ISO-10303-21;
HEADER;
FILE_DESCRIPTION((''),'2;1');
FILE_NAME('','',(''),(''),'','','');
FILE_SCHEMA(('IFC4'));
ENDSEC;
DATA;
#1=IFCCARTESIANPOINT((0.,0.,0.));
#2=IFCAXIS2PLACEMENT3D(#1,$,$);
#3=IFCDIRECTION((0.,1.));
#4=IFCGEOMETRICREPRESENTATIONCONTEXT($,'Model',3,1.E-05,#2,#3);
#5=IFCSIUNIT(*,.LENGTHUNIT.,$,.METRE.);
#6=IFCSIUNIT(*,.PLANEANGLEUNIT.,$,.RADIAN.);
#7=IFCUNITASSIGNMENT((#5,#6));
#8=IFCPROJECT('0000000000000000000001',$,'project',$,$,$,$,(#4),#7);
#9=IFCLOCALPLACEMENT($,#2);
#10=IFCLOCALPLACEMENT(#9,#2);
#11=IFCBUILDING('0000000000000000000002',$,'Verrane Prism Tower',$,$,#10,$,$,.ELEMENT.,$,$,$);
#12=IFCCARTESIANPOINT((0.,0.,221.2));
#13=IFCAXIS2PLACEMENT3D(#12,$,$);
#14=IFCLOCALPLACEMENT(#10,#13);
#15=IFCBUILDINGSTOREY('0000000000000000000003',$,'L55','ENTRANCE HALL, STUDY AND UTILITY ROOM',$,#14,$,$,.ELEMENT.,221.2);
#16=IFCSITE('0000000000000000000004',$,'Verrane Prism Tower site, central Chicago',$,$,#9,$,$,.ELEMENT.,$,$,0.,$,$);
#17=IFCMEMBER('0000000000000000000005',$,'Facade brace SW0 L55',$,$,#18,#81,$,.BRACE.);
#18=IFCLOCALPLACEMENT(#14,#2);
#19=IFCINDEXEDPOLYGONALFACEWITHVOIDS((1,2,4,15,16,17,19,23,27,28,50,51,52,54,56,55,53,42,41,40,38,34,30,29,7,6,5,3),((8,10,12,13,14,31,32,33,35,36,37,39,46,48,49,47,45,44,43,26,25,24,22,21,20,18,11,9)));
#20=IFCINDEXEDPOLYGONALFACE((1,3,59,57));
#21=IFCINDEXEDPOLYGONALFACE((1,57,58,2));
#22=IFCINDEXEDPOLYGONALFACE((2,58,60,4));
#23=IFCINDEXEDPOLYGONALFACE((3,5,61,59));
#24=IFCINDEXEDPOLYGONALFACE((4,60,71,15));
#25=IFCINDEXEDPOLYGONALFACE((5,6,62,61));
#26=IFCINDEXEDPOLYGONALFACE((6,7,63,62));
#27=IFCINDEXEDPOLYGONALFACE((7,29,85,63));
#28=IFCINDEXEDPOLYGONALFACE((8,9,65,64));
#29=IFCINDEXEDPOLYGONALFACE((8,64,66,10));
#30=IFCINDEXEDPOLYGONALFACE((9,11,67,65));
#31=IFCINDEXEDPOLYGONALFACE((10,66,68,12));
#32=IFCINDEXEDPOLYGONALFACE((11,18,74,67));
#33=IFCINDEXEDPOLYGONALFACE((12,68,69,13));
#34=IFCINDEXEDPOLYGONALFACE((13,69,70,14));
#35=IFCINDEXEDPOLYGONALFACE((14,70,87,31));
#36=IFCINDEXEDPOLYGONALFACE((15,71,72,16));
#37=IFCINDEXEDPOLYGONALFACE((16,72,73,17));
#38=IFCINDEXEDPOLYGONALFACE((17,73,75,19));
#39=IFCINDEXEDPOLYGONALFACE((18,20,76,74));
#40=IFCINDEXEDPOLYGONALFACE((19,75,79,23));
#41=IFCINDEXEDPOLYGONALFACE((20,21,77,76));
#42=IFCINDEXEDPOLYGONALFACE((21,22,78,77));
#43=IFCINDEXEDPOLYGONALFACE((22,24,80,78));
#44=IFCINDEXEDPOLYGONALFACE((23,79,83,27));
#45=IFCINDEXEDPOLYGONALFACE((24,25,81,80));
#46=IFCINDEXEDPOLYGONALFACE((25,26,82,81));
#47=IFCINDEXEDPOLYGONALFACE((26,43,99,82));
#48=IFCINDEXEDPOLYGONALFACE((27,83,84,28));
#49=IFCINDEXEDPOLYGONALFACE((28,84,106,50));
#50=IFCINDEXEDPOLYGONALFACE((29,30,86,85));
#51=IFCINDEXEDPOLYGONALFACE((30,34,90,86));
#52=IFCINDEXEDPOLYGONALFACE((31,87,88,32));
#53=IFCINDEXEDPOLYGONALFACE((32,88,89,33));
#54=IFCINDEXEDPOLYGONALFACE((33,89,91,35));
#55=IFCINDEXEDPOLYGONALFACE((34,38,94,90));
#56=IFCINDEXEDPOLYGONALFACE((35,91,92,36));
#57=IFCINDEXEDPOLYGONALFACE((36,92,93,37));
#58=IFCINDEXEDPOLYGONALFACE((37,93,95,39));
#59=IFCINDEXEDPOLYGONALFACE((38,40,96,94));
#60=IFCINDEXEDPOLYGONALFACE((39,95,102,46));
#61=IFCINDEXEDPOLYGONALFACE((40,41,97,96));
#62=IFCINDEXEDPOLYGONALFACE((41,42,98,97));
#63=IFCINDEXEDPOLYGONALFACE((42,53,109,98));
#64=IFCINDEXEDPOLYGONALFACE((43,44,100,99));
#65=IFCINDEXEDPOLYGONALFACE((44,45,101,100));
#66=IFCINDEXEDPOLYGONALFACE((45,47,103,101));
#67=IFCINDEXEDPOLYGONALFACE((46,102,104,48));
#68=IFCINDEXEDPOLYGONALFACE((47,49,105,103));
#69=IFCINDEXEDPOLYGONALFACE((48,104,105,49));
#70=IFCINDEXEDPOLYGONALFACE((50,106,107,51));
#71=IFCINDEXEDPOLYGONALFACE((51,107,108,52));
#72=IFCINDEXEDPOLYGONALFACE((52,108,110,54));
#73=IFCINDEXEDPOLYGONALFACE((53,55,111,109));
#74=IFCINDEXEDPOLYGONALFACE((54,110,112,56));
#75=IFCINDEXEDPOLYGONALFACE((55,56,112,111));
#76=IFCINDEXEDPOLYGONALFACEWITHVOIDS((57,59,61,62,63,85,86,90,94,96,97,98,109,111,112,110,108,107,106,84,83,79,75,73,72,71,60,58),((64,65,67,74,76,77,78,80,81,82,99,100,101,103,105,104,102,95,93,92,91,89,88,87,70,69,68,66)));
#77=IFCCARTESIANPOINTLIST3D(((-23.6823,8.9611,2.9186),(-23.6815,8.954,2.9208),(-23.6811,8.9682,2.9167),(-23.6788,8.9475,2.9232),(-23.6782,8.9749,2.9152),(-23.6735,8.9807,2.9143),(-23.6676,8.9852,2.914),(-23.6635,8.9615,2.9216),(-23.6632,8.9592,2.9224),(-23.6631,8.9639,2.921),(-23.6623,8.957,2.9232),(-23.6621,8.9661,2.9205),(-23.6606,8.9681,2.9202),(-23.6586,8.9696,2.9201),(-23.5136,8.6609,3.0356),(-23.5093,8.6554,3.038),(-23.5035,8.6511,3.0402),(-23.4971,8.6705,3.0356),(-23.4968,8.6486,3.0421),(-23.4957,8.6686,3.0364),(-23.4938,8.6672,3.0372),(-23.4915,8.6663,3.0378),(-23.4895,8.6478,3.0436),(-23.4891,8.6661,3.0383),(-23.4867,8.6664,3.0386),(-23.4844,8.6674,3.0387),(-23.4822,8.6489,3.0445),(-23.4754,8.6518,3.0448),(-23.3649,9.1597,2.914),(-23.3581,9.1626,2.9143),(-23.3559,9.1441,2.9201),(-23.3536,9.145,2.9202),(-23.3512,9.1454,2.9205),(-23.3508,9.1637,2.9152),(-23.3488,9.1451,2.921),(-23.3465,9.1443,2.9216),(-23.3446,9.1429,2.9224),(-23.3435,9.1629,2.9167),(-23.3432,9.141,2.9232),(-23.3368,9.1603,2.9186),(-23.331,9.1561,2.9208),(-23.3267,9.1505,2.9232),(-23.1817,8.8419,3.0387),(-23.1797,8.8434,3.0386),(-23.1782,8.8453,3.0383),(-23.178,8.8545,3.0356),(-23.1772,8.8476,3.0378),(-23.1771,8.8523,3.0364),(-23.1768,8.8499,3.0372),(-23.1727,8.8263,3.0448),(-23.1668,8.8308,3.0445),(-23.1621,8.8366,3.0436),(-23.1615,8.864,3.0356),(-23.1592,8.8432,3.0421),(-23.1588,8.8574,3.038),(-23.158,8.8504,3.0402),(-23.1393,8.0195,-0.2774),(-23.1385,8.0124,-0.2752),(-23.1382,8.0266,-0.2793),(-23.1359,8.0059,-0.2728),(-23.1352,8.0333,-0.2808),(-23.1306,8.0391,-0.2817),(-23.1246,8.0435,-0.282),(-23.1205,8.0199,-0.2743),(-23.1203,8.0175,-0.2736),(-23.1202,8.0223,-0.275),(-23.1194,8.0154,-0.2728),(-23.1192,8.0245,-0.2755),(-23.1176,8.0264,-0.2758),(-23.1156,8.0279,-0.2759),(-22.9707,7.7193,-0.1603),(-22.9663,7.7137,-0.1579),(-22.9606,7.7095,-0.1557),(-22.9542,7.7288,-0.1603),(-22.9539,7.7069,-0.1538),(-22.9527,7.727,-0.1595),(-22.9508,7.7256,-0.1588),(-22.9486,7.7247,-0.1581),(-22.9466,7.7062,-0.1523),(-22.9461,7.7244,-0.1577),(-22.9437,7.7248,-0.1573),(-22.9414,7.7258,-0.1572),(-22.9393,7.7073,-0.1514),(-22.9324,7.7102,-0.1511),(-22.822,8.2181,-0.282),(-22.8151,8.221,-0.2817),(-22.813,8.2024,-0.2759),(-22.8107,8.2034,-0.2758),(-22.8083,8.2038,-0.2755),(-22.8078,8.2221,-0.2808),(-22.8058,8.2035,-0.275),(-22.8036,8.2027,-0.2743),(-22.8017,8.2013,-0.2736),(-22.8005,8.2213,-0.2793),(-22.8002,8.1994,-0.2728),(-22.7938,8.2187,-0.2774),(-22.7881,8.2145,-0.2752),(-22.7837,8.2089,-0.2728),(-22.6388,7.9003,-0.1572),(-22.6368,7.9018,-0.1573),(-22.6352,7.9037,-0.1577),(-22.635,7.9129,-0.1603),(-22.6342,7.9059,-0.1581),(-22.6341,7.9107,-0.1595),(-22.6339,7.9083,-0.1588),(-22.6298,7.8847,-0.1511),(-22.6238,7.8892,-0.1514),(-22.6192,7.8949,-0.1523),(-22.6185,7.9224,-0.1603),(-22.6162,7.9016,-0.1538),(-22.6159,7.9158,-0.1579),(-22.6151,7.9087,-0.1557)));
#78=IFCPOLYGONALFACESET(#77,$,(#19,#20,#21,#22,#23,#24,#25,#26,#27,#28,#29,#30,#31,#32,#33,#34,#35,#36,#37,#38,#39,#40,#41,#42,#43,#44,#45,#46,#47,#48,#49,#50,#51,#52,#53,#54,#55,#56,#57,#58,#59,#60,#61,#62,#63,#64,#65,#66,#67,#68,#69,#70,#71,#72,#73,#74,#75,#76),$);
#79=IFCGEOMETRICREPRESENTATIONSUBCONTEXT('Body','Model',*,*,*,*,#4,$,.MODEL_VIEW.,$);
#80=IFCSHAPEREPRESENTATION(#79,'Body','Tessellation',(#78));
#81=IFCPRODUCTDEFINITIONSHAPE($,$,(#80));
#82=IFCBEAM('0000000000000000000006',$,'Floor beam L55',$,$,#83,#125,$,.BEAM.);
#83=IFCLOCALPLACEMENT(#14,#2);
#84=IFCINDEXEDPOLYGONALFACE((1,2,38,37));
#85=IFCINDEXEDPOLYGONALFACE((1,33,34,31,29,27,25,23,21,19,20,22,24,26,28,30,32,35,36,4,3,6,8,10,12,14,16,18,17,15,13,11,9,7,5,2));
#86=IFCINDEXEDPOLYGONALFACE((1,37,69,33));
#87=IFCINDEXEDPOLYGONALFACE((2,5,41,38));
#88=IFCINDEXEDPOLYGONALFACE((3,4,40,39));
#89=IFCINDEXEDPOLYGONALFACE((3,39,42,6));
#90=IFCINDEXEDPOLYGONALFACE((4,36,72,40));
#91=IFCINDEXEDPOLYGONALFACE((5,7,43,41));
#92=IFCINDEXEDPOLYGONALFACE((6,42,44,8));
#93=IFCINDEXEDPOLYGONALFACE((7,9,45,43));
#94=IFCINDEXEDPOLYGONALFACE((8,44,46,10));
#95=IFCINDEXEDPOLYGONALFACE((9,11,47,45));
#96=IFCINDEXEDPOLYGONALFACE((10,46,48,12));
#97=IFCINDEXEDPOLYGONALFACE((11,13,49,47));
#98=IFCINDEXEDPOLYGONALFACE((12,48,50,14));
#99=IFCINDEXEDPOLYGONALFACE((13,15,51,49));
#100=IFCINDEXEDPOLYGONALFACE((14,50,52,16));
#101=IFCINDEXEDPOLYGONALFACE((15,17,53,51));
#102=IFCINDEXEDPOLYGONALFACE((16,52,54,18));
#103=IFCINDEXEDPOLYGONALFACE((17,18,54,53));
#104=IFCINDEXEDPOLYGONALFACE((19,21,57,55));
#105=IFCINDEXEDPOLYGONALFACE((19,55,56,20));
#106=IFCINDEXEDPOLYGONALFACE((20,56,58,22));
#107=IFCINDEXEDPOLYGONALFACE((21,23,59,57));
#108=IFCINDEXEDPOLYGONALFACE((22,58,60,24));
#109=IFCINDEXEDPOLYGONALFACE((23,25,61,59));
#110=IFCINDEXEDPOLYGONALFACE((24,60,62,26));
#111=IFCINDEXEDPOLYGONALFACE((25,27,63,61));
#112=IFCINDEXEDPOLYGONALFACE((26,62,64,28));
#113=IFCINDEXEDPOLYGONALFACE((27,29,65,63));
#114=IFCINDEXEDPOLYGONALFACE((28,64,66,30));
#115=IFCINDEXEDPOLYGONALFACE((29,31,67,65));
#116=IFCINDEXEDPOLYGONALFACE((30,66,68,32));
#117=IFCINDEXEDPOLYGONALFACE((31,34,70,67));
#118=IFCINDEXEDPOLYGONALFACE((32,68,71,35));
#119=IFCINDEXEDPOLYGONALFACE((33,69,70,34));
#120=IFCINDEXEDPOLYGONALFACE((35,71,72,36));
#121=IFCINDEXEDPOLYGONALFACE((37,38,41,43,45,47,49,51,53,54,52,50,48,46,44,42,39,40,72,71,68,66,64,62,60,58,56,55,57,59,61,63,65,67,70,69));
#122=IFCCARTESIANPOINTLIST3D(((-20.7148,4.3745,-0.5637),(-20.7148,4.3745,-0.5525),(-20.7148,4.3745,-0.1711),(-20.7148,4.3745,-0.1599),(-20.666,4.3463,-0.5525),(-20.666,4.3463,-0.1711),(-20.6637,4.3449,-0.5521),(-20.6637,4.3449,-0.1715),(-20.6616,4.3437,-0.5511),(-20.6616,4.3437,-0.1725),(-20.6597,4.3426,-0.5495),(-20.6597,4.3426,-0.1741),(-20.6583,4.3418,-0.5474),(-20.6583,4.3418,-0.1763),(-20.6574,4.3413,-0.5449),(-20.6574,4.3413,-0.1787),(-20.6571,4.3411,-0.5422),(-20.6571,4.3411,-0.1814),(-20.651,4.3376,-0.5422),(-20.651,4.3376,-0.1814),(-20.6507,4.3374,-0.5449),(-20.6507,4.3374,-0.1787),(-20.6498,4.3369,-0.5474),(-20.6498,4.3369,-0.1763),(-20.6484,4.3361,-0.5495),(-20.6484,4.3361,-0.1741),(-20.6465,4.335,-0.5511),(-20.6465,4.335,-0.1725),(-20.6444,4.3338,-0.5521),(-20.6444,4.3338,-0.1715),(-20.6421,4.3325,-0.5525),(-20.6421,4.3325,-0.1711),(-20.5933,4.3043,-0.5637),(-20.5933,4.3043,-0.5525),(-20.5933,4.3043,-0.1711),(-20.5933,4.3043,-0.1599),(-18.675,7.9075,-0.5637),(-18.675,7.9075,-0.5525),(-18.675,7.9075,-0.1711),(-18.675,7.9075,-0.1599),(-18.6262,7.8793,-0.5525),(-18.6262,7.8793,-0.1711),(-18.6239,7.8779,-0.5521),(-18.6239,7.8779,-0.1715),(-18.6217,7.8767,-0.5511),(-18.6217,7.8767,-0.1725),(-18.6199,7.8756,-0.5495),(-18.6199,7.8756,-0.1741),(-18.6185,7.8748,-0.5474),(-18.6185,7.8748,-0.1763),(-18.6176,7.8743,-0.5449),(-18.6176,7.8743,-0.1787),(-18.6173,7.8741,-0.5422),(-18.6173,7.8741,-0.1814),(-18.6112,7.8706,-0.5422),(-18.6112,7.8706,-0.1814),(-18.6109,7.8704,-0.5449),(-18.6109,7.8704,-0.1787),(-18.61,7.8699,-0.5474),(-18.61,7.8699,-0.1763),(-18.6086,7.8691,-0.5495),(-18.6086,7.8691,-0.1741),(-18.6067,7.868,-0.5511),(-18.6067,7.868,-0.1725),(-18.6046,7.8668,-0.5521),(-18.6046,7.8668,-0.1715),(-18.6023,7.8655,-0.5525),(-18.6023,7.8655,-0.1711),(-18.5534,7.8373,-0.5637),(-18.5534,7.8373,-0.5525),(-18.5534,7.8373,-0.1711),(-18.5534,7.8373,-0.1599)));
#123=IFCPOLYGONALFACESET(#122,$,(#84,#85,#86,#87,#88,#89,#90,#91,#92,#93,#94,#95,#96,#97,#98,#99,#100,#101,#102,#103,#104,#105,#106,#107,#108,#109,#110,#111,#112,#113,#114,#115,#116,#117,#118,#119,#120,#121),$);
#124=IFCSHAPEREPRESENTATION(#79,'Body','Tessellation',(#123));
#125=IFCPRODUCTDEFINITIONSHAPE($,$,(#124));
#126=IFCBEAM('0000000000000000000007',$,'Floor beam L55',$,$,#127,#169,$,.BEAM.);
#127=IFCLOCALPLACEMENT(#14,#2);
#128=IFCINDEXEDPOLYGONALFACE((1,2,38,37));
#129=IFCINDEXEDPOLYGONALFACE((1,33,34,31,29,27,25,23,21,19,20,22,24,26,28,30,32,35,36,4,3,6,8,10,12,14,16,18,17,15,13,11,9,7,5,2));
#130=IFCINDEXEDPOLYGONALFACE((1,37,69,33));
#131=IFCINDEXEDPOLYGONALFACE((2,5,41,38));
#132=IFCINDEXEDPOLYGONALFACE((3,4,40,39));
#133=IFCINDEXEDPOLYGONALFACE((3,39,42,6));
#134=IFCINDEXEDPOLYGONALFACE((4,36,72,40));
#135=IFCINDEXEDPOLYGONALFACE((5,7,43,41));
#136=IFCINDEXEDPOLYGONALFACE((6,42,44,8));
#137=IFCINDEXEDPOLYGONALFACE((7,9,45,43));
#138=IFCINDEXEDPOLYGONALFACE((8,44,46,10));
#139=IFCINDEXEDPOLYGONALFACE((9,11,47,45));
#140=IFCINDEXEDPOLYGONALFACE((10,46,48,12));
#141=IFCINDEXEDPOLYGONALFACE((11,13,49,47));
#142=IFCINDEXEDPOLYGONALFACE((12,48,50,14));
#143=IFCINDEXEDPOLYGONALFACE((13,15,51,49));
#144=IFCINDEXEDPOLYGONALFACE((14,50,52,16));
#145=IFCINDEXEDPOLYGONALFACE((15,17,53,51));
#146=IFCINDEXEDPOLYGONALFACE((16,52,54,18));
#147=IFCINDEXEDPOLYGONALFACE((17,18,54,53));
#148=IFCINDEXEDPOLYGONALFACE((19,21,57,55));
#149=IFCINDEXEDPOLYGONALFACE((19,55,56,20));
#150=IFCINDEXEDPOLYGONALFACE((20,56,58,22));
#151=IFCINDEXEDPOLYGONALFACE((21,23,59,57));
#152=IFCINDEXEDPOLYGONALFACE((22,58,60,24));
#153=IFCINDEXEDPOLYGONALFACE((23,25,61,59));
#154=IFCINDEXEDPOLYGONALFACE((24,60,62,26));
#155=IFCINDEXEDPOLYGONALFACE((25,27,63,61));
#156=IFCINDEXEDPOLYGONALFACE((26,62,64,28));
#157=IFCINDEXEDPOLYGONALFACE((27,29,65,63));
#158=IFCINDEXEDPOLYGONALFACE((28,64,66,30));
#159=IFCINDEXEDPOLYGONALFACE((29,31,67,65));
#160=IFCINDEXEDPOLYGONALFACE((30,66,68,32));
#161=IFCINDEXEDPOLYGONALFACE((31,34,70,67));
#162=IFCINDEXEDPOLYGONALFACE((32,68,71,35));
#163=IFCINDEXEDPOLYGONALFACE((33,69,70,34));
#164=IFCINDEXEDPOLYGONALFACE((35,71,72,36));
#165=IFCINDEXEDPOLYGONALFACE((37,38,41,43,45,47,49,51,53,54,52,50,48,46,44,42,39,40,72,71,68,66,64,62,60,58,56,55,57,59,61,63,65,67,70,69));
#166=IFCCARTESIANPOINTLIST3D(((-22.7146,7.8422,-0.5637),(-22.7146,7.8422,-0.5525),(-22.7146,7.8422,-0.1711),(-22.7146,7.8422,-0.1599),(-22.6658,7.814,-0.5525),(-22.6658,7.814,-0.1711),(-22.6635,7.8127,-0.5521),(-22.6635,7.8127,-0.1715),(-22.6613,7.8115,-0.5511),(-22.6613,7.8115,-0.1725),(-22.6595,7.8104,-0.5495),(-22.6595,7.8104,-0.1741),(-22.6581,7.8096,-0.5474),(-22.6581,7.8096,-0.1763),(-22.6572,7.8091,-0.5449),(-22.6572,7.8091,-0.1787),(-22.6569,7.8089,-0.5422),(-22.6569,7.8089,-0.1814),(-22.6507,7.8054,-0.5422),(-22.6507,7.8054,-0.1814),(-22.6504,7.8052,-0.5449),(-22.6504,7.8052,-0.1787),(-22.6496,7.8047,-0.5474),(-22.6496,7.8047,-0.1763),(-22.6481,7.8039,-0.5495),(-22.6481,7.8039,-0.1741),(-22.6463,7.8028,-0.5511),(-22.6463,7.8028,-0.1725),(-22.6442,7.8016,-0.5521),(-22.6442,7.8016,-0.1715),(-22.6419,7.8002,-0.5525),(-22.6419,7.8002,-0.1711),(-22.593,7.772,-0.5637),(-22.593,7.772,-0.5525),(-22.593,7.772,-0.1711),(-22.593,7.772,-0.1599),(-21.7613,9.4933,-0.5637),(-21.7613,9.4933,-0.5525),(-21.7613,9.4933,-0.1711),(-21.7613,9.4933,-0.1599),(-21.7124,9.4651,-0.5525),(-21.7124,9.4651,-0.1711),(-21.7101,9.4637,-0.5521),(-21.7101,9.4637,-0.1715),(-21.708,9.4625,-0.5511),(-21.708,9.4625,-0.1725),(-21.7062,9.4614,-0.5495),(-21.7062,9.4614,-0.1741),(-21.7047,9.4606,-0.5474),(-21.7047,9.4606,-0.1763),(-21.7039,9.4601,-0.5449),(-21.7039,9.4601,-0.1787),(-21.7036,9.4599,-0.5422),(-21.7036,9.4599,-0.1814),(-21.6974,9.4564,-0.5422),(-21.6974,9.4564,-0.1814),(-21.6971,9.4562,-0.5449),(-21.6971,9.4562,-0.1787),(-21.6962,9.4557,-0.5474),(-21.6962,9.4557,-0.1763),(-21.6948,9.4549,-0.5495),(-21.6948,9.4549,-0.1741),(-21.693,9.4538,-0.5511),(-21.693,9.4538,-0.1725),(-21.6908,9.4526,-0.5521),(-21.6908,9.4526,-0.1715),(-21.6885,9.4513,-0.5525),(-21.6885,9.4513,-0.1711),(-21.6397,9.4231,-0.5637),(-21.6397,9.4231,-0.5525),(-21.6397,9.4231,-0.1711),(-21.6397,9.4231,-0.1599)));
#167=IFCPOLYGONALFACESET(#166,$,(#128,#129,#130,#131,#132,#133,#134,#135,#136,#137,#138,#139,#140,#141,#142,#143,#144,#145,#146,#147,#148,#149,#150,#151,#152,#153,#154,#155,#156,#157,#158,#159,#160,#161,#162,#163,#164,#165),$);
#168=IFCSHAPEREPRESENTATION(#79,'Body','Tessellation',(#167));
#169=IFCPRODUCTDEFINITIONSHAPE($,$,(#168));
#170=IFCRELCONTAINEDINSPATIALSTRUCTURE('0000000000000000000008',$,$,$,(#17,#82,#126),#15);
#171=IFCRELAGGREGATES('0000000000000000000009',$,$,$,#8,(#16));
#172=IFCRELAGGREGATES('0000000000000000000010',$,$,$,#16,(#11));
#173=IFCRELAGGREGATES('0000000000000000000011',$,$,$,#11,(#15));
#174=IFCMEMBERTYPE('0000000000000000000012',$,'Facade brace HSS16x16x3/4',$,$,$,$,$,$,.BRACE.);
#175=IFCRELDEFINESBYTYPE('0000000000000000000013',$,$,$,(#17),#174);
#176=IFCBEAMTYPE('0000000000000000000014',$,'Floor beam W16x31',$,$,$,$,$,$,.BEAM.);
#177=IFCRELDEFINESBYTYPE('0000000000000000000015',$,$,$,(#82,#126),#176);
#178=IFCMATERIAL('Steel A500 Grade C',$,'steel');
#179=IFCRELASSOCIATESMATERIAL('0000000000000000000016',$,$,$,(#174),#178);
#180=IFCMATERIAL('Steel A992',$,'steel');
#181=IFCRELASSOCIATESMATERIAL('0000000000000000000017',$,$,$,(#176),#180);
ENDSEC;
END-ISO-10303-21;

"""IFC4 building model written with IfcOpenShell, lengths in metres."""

from ifc_helpers import new_model, si_unit, direction, frame, origin, origin_2d, place, context, subcontext, project, spatial, hollow_rectangle, i_section, extrude, material, material_profile, profile_set, type_object, element, save


model = new_model("IFC4")

# Units and contexts
model_context = context("Model", 3, precision=1e-05, world=origin(), true_north=direction((0.0, 1.0)))
body_context = subcontext(model_context, "Body", "Model", "MODEL_VIEW")
ifc_project = project(units=[si_unit("LENGTHUNIT", "METRE"), si_unit("PLANEANGLEUNIT", "RADIAN")], contexts=[model_context])

# Site, building, storey
site_placement = place(None, origin())
site = spatial("IfcSite", under=ifc_project, at=site_placement, Name="Verrane Prism Tower site, central Chicago", CompositionType="ELEMENT", RefElevation=0.0)
building_placement = place(site_placement, origin())
building = spatial("IfcBuilding", under=site, at=building_placement, Name="Verrane Prism Tower", CompositionType="ELEMENT")
storey_placement = place(building_placement, frame((0.0, 0.0, 221.2)))
storey = spatial("IfcBuildingStorey", under=building, at=storey_placement, Name="L55", Description="ENTRANCE HALL, STUDY AND UTILITY ROOM", CompositionType="ELEMENT", Elevation=221.2)

# Member
ifc_material_1 = material(Name="Steel A500 Grade C", Category="steel")
ifc_material_profile_1 = material_profile(ifc_material_1, hollow_rectangle(XDim=0.4065, YDim=0.4065, WallThickness=0.019, InnerFilletRadius=0.0095, OuterFilletRadius=0.0286, at=origin_2d()), Name="HSS16x16x3/4")
ifc_profile_set_1 = profile_set([ifc_material_profile_1], Name="Steel A500 Grade C")
member_type_1 = type_object("IfcMemberType", Name="Facade brace HSS16x16x3/4", PredefinedType="BRACE", material=ifc_profile_set_1)
member_1_placement = place(storey_placement, frame((-22.8772, 7.9641, -0.2166), z_axis=(-0.16084, 0.278939, 0.946744), x_axis=(-0.866301, -0.499522, 0.0)))
element("IfcMember", 1, at=member_1_placement, inside=storey, type_object=member_type_1, Name="Facade brace SW0 L55", PredefinedType="BRACE", context=body_context, shape_type="SweptSolid", body=[
    extrude(hollow_rectangle(XDim=0.4065, YDim=0.4065, WallThickness=0.019, InnerFilletRadius=0.0095, OuterFilletRadius=0.0286, at=origin_2d()), origin(), (0.0, 0.0, 1.0), 3.3757),
])

# Beams
ifc_material_2 = material(Name="Steel A992", Category="steel")
ifc_material_profile_2 = material_profile(ifc_material_2, i_section(OverallWidth=0.1404, OverallDepth=0.4038, WebThickness=0.0071, FlangeThickness=0.0112, FilletRadius=0.0103, at=origin_2d()), Name="W16x31")
ifc_profile_set_2 = profile_set([ifc_material_profile_2], Name="Steel A992")
beam_type_1 = type_object("IfcBeamType", Name="Floor beam W16x31", PredefinedType="BEAM", material=ifc_profile_set_2)
beam_1_placement = place(storey_placement, frame((-20.6541, 4.3394, -0.3618), z_axis=(0.500007, 0.866021, 0.0), x_axis=(-0.866021, 0.500007, 0.0)))
element("IfcBeam", 2, at=beam_1_placement, inside=storey, type_object=beam_type_1, Name="Floor beam L55", PredefinedType="BEAM", context=body_context, shape_type="SweptSolid", body=[
    extrude(i_section(OverallWidth=0.1404, OverallDepth=0.4038, WebThickness=0.0071, FlangeThickness=0.0112, FilletRadius=0.0103, at=origin_2d()), origin(), (0.0, 0.0, 1.0), 4.0796),
])
beam_2_placement = place(storey_placement, frame((-22.6538, 7.8071, -0.3618), z_axis=(0.500037, 0.866004, 0.0), x_axis=(-0.866004, 0.500037, 0.0)))
element("IfcBeam", 3, at=beam_2_placement, inside=storey, type_object=beam_type_1, Name="Floor beam L55", PredefinedType="BEAM", context=body_context, shape_type="SweptSolid", body=[
    extrude(i_section(OverallWidth=0.1404, OverallDepth=0.4038, WebThickness=0.0071, FlangeThickness=0.0112, FilletRadius=0.0103, at=origin_2d()), origin(), (0.0, 0.0, 1.0), 1.9065),
])

save(model, "model.ifc")
